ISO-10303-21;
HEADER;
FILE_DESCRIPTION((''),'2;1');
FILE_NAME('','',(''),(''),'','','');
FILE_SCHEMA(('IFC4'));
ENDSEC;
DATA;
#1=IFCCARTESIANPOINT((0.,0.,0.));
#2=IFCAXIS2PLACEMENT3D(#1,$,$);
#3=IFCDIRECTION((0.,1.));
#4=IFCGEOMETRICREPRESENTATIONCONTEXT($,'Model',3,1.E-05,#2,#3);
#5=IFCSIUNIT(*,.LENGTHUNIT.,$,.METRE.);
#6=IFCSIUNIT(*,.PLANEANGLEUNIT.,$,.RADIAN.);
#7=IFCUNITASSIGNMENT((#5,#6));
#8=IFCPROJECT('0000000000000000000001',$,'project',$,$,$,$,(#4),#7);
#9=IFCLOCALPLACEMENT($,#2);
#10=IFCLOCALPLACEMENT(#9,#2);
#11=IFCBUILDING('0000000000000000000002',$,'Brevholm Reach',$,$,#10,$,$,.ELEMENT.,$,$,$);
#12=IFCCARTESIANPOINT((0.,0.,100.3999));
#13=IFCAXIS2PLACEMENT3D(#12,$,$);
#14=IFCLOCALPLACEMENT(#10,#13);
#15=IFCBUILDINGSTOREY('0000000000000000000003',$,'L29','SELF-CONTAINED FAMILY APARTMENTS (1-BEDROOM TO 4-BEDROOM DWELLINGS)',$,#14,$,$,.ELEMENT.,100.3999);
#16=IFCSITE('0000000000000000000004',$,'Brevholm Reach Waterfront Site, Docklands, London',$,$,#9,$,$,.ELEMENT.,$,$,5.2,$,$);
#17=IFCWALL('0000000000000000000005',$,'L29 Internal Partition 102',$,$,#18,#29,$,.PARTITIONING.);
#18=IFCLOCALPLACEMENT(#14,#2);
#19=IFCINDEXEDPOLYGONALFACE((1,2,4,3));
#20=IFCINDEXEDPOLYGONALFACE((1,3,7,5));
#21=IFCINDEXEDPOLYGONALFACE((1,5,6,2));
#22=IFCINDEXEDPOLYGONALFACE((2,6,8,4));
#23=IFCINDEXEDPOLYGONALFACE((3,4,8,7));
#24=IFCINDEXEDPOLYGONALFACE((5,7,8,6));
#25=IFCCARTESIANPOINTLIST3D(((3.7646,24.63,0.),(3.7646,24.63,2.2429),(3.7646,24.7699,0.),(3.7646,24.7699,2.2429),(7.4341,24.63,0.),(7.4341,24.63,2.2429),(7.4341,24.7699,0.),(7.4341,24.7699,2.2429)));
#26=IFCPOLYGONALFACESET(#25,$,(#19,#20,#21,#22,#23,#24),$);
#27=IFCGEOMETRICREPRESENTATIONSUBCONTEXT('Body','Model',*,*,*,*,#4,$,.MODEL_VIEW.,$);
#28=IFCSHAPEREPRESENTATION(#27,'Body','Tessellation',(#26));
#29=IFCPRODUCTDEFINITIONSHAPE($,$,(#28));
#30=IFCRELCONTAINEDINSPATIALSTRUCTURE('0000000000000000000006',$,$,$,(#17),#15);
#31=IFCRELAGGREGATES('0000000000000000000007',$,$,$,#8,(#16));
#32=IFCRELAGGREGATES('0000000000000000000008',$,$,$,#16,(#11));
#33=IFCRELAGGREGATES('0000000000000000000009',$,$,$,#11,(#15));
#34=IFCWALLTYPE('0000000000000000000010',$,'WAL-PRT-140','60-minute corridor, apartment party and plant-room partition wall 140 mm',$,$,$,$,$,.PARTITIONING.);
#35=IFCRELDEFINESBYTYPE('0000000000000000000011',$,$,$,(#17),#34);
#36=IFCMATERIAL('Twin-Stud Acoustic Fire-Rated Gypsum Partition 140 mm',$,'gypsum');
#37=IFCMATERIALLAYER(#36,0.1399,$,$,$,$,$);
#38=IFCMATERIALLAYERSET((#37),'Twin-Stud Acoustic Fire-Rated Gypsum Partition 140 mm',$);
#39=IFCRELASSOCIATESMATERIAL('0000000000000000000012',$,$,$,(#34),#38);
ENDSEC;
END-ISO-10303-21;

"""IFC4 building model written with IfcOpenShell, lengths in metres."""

from ifc_helpers import new_model, si_unit, direction, frame, frame_2d, origin, place, context, subcontext, project, spatial, rectangle, extrude, material, layer, layer_set, type_object, element, save


model = new_model("IFC4")

# Units and contexts
model_context = context("Model", 3, precision=1e-05, world=origin(), true_north=direction((0.0, 1.0)))
body_context = subcontext(model_context, "Body", "Model", "MODEL_VIEW")
ifc_project = project(units=[si_unit("LENGTHUNIT", "METRE"), si_unit("PLANEANGLEUNIT", "RADIAN")], contexts=[model_context])

# Site, building, storey
site_placement = place(None, origin())
site = spatial("IfcSite", under=ifc_project, at=site_placement, Name="Brevholm Reach Waterfront Site, Docklands, London", CompositionType="ELEMENT", RefElevation=5.2)
building_placement = place(site_placement, origin())
building = spatial("IfcBuilding", under=site, at=building_placement, Name="Brevholm Reach", CompositionType="ELEMENT")
storey_placement = place(building_placement, frame((0.0, 0.0, 100.3999)))
storey = spatial("IfcBuildingStorey", under=building, at=storey_placement, Name="L29", Description="SELF-CONTAINED FAMILY APARTMENTS (1-BEDROOM TO 4-BEDROOM DWELLINGS)", CompositionType="ELEMENT", Elevation=100.3999)

# Wall
ifc_material_1 = material(Name="Twin-Stud Acoustic Fire-Rated Gypsum Partition 140 mm", Category="gypsum")
ifc_layer_1 = layer(ifc_material_1, 0.1399)
ifc_layer_set_1 = layer_set([ifc_layer_1], Name="Twin-Stud Acoustic Fire-Rated Gypsum Partition 140 mm")
wall_type_1 = type_object("IfcWallType", Name="WAL-PRT-140", Description="60-minute corridor, apartment party and plant-room partition wall 140 mm", PredefinedType="PARTITIONING", material=ifc_layer_set_1)
wall_1_placement = place(storey_placement, frame((3.7646, 24.7, 0.0), z_axis=(0.0, 0.0, 1.0), x_axis=(1.0, 0.0, 0.0)))
element("IfcWall", 1, at=wall_1_placement, inside=storey, type_object=wall_type_1, Name="L29 Internal Partition 102", PredefinedType="PARTITIONING", context=body_context, shape_type="SweptSolid", body=[
    extrude(rectangle(XDim=3.6694, YDim=0.1399, at=frame_2d((1.8347, 0.0))), origin(), (0.0, 0.0, 1.0), 2.2429),
])

save(model, "model.ifc")
